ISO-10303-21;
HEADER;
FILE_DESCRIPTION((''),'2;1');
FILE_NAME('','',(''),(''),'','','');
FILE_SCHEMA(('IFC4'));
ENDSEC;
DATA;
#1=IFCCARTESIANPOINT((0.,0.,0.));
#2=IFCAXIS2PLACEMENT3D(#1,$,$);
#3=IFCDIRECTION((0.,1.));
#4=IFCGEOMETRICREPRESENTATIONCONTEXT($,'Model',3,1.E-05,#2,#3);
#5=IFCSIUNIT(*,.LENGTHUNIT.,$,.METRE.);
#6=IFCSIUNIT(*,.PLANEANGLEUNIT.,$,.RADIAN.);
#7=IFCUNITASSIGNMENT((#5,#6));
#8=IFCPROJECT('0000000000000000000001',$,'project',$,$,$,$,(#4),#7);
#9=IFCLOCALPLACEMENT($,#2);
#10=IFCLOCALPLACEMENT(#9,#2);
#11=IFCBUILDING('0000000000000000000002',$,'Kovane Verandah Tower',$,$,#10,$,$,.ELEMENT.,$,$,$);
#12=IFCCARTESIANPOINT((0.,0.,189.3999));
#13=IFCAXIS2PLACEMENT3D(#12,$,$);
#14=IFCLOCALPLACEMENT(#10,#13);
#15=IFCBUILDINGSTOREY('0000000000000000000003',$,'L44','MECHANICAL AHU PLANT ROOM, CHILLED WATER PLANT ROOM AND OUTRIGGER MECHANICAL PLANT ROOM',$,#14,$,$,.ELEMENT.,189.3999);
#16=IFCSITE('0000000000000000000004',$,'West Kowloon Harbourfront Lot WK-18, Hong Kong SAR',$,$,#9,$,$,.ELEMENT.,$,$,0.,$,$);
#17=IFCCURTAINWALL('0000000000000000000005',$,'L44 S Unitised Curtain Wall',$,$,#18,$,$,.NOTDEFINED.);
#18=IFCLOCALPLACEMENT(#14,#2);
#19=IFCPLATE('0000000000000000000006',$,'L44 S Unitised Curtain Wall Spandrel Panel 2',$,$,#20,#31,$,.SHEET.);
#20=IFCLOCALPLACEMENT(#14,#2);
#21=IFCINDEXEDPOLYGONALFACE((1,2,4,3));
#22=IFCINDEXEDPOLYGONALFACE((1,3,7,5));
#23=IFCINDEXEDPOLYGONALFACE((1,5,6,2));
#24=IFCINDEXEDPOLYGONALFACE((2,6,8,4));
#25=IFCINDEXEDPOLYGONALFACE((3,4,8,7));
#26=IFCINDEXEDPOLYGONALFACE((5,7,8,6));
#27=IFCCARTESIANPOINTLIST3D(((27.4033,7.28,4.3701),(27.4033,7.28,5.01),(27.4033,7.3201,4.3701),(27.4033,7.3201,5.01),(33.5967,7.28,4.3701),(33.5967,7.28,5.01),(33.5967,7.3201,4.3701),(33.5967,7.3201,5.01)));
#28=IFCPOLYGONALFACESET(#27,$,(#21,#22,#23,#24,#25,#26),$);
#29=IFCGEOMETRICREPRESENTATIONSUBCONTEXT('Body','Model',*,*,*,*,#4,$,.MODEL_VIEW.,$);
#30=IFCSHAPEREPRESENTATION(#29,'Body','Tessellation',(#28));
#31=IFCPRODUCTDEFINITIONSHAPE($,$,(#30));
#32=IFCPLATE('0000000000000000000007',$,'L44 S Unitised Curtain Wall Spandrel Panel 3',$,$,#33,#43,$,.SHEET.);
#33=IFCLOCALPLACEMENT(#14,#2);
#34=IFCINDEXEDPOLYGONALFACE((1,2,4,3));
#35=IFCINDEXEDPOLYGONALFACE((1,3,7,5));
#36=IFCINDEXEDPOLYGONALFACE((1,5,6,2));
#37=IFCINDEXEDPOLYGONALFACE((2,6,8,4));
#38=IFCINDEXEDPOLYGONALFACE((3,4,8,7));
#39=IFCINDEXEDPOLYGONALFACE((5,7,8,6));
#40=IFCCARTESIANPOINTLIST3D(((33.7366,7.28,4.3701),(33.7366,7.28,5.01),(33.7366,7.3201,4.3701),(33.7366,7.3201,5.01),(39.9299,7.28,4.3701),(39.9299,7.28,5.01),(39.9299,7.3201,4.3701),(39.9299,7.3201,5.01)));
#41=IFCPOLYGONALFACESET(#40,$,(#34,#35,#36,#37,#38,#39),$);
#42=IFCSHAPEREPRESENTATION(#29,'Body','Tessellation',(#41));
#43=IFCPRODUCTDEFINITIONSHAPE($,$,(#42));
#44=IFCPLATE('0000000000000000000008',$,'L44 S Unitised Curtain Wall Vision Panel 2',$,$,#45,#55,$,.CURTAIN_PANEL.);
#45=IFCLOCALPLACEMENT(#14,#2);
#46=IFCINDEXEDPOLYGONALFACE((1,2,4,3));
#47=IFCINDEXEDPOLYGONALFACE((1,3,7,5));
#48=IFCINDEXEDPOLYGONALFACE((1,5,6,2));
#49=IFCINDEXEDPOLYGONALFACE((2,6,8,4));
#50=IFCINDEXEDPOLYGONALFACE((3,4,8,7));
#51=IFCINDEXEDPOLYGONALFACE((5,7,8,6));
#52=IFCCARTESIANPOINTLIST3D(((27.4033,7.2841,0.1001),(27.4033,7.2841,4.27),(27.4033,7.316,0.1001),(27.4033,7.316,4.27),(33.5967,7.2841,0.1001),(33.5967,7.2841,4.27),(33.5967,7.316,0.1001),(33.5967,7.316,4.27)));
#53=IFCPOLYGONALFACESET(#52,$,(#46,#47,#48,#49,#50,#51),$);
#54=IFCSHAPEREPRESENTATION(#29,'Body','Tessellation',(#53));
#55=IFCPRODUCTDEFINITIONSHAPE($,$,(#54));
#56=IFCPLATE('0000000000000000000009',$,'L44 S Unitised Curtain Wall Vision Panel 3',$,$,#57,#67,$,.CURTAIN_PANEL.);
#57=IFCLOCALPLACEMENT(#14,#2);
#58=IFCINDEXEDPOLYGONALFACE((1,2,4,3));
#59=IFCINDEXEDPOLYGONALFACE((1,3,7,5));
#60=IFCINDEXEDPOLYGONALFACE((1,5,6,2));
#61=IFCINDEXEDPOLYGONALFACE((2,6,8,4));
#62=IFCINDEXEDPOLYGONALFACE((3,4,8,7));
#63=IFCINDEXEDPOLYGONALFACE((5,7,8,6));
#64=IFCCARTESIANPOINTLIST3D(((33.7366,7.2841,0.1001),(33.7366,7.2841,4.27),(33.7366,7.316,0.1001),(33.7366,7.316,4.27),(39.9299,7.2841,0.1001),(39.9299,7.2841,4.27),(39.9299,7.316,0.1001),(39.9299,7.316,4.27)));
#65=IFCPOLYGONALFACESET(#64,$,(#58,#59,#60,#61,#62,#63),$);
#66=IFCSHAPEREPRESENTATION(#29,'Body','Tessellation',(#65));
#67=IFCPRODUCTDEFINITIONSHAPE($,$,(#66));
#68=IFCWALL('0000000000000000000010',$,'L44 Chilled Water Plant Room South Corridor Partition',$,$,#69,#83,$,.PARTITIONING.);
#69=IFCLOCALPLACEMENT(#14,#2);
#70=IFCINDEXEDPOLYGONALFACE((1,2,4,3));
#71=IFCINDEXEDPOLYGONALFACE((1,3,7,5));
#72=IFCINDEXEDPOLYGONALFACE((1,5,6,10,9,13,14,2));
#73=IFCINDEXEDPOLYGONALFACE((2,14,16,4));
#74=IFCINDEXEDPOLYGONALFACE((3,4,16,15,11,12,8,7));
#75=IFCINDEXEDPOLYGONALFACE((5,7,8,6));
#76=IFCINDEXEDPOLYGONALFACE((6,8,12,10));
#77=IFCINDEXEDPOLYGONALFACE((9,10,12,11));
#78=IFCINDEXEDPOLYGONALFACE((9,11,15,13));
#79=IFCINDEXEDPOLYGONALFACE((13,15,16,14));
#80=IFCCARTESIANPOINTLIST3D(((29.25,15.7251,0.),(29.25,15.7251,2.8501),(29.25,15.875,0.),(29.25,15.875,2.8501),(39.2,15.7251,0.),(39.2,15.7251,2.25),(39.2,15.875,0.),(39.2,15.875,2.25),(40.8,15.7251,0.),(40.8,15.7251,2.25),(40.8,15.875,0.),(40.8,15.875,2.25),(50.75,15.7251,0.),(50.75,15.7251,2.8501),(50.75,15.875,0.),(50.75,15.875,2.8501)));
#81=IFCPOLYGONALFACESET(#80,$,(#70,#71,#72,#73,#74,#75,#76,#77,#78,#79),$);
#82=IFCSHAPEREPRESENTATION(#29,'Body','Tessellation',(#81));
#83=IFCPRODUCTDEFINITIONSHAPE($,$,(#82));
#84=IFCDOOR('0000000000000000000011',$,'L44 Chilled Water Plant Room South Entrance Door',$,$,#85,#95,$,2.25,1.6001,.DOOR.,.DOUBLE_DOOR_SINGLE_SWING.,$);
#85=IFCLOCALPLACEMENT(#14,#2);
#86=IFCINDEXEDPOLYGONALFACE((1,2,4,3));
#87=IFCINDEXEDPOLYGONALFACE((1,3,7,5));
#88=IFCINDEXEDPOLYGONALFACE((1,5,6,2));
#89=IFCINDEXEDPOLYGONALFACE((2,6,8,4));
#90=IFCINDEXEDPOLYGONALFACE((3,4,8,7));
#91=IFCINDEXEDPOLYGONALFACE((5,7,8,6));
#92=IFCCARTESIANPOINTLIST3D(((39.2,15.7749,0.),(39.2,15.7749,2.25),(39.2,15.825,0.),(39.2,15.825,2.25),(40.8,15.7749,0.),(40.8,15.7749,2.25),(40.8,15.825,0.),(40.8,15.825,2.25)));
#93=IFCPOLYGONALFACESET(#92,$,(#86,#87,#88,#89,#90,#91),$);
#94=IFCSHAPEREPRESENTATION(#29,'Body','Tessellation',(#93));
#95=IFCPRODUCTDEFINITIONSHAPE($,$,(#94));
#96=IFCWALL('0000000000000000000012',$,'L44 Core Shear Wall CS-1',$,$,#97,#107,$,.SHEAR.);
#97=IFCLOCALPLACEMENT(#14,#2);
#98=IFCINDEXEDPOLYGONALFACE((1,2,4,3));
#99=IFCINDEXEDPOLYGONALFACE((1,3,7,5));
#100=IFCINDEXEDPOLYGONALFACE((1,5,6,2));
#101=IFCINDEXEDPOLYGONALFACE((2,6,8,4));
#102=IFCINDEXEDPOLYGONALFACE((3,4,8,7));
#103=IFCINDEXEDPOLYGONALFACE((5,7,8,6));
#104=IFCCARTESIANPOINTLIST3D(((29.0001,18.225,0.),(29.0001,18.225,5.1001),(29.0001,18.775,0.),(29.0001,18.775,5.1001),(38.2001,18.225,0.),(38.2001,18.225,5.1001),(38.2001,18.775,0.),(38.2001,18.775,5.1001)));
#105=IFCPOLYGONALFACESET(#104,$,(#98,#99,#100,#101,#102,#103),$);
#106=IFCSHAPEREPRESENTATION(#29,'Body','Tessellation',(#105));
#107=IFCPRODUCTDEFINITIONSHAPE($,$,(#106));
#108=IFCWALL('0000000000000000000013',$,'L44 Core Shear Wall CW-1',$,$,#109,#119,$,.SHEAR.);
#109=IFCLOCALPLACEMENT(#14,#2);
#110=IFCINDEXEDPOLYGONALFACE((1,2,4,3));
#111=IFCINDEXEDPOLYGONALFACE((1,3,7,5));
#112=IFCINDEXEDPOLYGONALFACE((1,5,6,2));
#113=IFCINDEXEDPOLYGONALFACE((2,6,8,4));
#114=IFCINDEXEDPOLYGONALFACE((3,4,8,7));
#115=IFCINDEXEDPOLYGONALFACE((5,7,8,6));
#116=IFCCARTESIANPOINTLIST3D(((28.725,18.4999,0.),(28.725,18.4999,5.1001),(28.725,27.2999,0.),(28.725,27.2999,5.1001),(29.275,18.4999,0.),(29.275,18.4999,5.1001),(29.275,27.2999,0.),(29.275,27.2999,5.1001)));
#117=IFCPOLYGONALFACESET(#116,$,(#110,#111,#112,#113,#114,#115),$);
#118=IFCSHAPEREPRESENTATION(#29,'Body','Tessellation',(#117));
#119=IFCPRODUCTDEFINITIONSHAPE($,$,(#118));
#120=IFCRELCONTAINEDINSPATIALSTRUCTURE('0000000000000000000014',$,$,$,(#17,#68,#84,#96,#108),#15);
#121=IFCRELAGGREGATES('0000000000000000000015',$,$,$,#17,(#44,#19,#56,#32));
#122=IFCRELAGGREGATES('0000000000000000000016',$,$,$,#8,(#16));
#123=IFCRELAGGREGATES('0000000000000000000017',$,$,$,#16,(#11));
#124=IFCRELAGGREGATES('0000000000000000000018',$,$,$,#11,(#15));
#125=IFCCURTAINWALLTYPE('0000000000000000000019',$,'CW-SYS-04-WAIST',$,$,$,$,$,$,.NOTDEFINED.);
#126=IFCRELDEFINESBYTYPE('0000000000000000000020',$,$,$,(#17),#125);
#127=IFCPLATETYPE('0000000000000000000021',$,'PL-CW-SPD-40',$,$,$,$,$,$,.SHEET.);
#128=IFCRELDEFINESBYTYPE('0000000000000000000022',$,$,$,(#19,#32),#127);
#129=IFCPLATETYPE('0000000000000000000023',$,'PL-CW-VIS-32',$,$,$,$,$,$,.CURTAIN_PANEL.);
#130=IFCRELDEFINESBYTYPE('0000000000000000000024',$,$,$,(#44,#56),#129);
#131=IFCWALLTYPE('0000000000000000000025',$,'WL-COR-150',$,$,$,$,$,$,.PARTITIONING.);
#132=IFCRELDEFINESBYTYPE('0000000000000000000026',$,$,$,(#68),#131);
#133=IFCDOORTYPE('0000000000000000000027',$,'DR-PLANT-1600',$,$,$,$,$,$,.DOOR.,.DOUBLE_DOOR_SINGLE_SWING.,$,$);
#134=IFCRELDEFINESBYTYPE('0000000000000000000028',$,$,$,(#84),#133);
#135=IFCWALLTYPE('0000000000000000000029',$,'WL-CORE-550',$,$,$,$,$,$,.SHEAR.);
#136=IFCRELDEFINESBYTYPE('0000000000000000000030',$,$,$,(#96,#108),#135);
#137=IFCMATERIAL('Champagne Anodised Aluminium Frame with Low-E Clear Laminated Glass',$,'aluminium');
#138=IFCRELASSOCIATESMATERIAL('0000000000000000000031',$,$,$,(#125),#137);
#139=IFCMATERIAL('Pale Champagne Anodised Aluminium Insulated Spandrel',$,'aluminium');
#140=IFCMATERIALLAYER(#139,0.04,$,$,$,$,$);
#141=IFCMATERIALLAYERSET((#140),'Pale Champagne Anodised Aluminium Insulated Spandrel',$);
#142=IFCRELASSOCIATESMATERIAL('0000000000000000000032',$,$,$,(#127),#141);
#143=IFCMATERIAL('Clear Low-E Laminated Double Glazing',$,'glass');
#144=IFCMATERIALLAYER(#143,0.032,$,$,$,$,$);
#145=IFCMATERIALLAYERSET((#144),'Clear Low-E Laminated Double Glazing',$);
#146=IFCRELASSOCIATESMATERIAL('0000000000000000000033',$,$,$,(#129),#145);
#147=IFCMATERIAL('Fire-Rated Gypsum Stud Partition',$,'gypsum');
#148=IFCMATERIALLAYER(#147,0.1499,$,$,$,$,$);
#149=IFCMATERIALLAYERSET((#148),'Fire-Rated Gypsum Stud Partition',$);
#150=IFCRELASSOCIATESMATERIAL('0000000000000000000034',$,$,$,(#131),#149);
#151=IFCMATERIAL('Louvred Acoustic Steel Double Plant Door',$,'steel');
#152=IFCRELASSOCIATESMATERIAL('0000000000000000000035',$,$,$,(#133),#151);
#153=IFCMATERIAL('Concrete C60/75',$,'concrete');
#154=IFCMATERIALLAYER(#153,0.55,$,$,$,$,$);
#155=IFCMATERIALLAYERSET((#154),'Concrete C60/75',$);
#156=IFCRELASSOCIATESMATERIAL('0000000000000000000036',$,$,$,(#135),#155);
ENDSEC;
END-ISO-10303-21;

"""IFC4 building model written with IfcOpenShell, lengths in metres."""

from ifc_helpers import new_model, si_unit, direction, frame, frame_2d, origin, origin_2d, place, context, subcontext, project, spatial, rectangle, extrude, material, layer, layer_set, type_object, element, fill, aggregate, save


model = new_model("IFC4")

# Units and contexts
model_context = context("Model", 3, precision=1e-05, world=origin(), true_north=direction((0.0, 1.0)))
body_context = subcontext(model_context, "Body", "Model", "MODEL_VIEW")
ifc_project = project(units=[si_unit("LENGTHUNIT", "METRE"), si_unit("PLANEANGLEUNIT", "RADIAN")], contexts=[model_context])

# Site, building, storey
site_placement = place(None, origin())
site = spatial("IfcSite", under=ifc_project, at=site_placement, Name="West Kowloon Harbourfront Lot WK-18, Hong Kong SAR", CompositionType="ELEMENT", RefElevation=0.0)
building_placement = place(site_placement, origin())
building = spatial("IfcBuilding", under=site, at=building_placement, Name="Kovane Verandah Tower", CompositionType="ELEMENT")
storey_placement = place(building_placement, frame((0.0, 0.0, 189.3999)))
storey = spatial("IfcBuildingStorey", under=building, at=storey_placement, Name="L44", Description="MECHANICAL AHU PLANT ROOM, CHILLED WATER PLANT ROOM AND OUTRIGGER MECHANICAL PLANT ROOM", CompositionType="ELEMENT", Elevation=189.3999)

# Shared definitions
ifc_material_1 = material(Name="Concrete C60/75", Category="concrete")

# Curtain wall
ifc_material_2 = material(Name="Champagne Anodised Aluminium Frame with Low-E Clear Laminated Glass", Category="aluminium")
curtain_wall_type = type_object("IfcCurtainWallType", Name="CW-SYS-04-WAIST", PredefinedType="NOTDEFINED", material=ifc_material_2)
curtain_wall_placement = place(storey_placement, origin())
curtain_wall = element("IfcCurtainWall", 1, at=curtain_wall_placement, inside=storey, type_object=curtain_wall_type, Name="L44 S Unitised Curtain Wall", PredefinedType="NOTDEFINED")

# Plates
ifc_material_3 = material(Name="Pale Champagne Anodised Aluminium Insulated Spandrel", Category="aluminium")
ifc_layer_1 = layer(ifc_material_3, 0.04)
ifc_layer_set_1 = layer_set([ifc_layer_1], Name="Pale Champagne Anodised Aluminium Insulated Spandrel")
plate_type_1 = type_object("IfcPlateType", Name="PL-CW-SPD-40", PredefinedType="SHEET", material=ifc_layer_set_1)
plate_1_placement = place(storey_placement, frame((30.5, 7.3, 4.3701), z_axis=(0.0, 0.0, 1.0), x_axis=(1.0, 0.0, 0.0)))
plate_1 = element("IfcPlate", 2, at=plate_1_placement, type_object=plate_type_1, Name="L44 S Unitised Curtain Wall Spandrel Panel 2", PredefinedType="SHEET", context=body_context, shape_type="SweptSolid", body=[
    extrude(rectangle(XDim=6.1934, YDim=0.04, at=origin_2d()), origin(), (0.0, 0.0, 1.0), 0.6399),
])
plate_2_placement = place(storey_placement, frame((36.8333, 7.3, 4.3701), z_axis=(0.0, 0.0, 1.0), x_axis=(1.0, 0.0, 0.0)))
plate_2 = element("IfcPlate", 3, at=plate_2_placement, type_object=plate_type_1, Name="L44 S Unitised Curtain Wall Spandrel Panel 3", PredefinedType="SHEET", context=body_context, shape_type="SweptSolid", body=[
    extrude(rectangle(XDim=6.1934, YDim=0.04, at=origin_2d()), origin(), (0.0, 0.0, 1.0), 0.6399),
])
ifc_material_4 = material(Name="Clear Low-E Laminated Double Glazing", Category="glass")
ifc_layer_2 = layer(ifc_material_4, 0.032)
ifc_layer_set_2 = layer_set([ifc_layer_2], Name="Clear Low-E Laminated Double Glazing")
plate_type_2 = type_object("IfcPlateType", Name="PL-CW-VIS-32", PredefinedType="CURTAIN_PANEL", material=ifc_layer_set_2)
plate_3_placement = place(storey_placement, frame((30.5, 7.3, 0.1001), z_axis=(0.0, 0.0, 1.0), x_axis=(1.0, 0.0, 0.0)))
plate_3 = element("IfcPlate", 4, at=plate_3_placement, type_object=plate_type_2, Name="L44 S Unitised Curtain Wall Vision Panel 2", PredefinedType="CURTAIN_PANEL", context=body_context, shape_type="SweptSolid", body=[
    extrude(rectangle(XDim=6.1934, YDim=0.032, at=origin_2d()), origin(), (0.0, 0.0, 1.0), 4.1699),
])
plate_4_placement = place(storey_placement, frame((36.8333, 7.3, 0.1001), z_axis=(0.0, 0.0, 1.0), x_axis=(1.0, 0.0, 0.0)))
plate_4 = element("IfcPlate", 5, at=plate_4_placement, type_object=plate_type_2, Name="L44 S Unitised Curtain Wall Vision Panel 3", PredefinedType="CURTAIN_PANEL", context=body_context, shape_type="SweptSolid", body=[
    extrude(rectangle(XDim=6.1934, YDim=0.032, at=origin_2d()), origin(), (0.0, 0.0, 1.0), 4.1699),
])
aggregate(curtain_wall, [plate_3, plate_1, plate_4, plate_2])

# Wall, opening, door
ifc_material_5 = material(Name="Fire-Rated Gypsum Stud Partition", Category="gypsum")
ifc_layer_3 = layer(ifc_material_5, 0.1499)
ifc_layer_set_3 = layer_set([ifc_layer_3], Name="Fire-Rated Gypsum Stud Partition")
wall_type_1 = type_object("IfcWallType", Name="WL-COR-150", PredefinedType="PARTITIONING", material=ifc_layer_set_3)
wall_1_placement = place(storey_placement, frame((29.25, 15.8, 0.0), z_axis=(0.0, 0.0, 1.0), x_axis=(1.0, 0.0, 0.0)))
wall_1 = element("IfcWall", 6, at=wall_1_placement, inside=storey, type_object=wall_type_1, Name="L44 Chilled Water Plant Room South Corridor Partition", PredefinedType="PARTITIONING", context=body_context, shape_type="SweptSolid", body=[
    extrude(rectangle(XDim=21.5, YDim=0.1499, at=frame_2d((10.75, 0.0))), origin(), (0.0, 0.0, 1.0), 2.8501),
])
opening_placement = place(wall_1_placement, frame((9.95, 0.0, 0.0)))
opening = element("IfcOpeningElement", 7, at=opening_placement, cuts=wall_1, PredefinedType="OPENING", context=body_context, shape_type="SweptSolid", body=[
    extrude(rectangle(XDim=1.6001, YDim=2.25, at=frame_2d((0.8, 1.125))), frame((0.0, 0.075, 0.0), z_axis=(0.0, -1.0, 0.0), x_axis=(1.0, 0.0, 0.0)), (0.0, 0.0, 1.0), 0.1499),
])
ifc_material_6 = material(Name="Louvred Acoustic Steel Double Plant Door", Category="steel")
door_type = type_object("IfcDoorType", Name="DR-PLANT-1600", OperationType="DOUBLE_DOOR_SINGLE_SWING", PredefinedType="DOOR", material=ifc_material_6)
door_placement = place(opening_placement, origin())
door = element("IfcDoor", 8, at=door_placement, inside=storey, type_object=door_type, Name="L44 Chilled Water Plant Room South Entrance Door", OperationType="DOUBLE_DOOR_SINGLE_SWING", OverallHeight=2.25, OverallWidth=1.6001, PredefinedType="DOOR", context=body_context, shape_type="SweptSolid", body=[
    extrude(rectangle(XDim=1.6001, YDim=2.25, at=frame_2d((0.8, 1.125))), frame((0.0, 0.0249, 0.0), z_axis=(0.0, -1.0, 0.0), x_axis=(1.0, 0.0, 0.0)), (0.0, 0.0, 1.0), 0.05),
])
fill(opening, door)

# Walls
ifc_layer_4 = layer(ifc_material_1, 0.55)
ifc_layer_set_4 = layer_set([ifc_layer_4], Name="Concrete C60/75")
wall_type_2 = type_object("IfcWallType", Name="WL-CORE-550", PredefinedType="SHEAR", material=ifc_layer_set_4)
wall_2_placement = place(storey_placement, frame((29.0, 18.5, 0.0), z_axis=(0.0, 0.0, 1.0), x_axis=(1.0, 0.0, 0.0)))
element("IfcWall", 9, at=wall_2_placement, inside=storey, type_object=wall_type_2, Name="L44 Core Shear Wall CS-1", PredefinedType="SHEAR", context=body_context, shape_type="SweptSolid", body=[
    extrude(rectangle(XDim=9.2, YDim=0.55, at=frame_2d((4.6001, 0.0))), origin(), (0.0, 0.0, 1.0), 5.1001),
])
wall_3_placement = place(storey_placement, frame((29.0, 18.5, 0.0), z_axis=(0.0, 0.0, 1.0), x_axis=(0.0, 1.0, 0.0)))
element("IfcWall", 10, at=wall_3_placement, inside=storey, type_object=wall_type_2, Name="L44 Core Shear Wall CW-1", PredefinedType="SHEAR", context=body_context, shape_type="SweptSolid", body=[
    extrude(rectangle(XDim=8.8, YDim=0.55, at=frame_2d((4.3999, 0.0))), origin(), (0.0, 0.0, 1.0), 5.1001),
])

save(model, "model.ifc")
